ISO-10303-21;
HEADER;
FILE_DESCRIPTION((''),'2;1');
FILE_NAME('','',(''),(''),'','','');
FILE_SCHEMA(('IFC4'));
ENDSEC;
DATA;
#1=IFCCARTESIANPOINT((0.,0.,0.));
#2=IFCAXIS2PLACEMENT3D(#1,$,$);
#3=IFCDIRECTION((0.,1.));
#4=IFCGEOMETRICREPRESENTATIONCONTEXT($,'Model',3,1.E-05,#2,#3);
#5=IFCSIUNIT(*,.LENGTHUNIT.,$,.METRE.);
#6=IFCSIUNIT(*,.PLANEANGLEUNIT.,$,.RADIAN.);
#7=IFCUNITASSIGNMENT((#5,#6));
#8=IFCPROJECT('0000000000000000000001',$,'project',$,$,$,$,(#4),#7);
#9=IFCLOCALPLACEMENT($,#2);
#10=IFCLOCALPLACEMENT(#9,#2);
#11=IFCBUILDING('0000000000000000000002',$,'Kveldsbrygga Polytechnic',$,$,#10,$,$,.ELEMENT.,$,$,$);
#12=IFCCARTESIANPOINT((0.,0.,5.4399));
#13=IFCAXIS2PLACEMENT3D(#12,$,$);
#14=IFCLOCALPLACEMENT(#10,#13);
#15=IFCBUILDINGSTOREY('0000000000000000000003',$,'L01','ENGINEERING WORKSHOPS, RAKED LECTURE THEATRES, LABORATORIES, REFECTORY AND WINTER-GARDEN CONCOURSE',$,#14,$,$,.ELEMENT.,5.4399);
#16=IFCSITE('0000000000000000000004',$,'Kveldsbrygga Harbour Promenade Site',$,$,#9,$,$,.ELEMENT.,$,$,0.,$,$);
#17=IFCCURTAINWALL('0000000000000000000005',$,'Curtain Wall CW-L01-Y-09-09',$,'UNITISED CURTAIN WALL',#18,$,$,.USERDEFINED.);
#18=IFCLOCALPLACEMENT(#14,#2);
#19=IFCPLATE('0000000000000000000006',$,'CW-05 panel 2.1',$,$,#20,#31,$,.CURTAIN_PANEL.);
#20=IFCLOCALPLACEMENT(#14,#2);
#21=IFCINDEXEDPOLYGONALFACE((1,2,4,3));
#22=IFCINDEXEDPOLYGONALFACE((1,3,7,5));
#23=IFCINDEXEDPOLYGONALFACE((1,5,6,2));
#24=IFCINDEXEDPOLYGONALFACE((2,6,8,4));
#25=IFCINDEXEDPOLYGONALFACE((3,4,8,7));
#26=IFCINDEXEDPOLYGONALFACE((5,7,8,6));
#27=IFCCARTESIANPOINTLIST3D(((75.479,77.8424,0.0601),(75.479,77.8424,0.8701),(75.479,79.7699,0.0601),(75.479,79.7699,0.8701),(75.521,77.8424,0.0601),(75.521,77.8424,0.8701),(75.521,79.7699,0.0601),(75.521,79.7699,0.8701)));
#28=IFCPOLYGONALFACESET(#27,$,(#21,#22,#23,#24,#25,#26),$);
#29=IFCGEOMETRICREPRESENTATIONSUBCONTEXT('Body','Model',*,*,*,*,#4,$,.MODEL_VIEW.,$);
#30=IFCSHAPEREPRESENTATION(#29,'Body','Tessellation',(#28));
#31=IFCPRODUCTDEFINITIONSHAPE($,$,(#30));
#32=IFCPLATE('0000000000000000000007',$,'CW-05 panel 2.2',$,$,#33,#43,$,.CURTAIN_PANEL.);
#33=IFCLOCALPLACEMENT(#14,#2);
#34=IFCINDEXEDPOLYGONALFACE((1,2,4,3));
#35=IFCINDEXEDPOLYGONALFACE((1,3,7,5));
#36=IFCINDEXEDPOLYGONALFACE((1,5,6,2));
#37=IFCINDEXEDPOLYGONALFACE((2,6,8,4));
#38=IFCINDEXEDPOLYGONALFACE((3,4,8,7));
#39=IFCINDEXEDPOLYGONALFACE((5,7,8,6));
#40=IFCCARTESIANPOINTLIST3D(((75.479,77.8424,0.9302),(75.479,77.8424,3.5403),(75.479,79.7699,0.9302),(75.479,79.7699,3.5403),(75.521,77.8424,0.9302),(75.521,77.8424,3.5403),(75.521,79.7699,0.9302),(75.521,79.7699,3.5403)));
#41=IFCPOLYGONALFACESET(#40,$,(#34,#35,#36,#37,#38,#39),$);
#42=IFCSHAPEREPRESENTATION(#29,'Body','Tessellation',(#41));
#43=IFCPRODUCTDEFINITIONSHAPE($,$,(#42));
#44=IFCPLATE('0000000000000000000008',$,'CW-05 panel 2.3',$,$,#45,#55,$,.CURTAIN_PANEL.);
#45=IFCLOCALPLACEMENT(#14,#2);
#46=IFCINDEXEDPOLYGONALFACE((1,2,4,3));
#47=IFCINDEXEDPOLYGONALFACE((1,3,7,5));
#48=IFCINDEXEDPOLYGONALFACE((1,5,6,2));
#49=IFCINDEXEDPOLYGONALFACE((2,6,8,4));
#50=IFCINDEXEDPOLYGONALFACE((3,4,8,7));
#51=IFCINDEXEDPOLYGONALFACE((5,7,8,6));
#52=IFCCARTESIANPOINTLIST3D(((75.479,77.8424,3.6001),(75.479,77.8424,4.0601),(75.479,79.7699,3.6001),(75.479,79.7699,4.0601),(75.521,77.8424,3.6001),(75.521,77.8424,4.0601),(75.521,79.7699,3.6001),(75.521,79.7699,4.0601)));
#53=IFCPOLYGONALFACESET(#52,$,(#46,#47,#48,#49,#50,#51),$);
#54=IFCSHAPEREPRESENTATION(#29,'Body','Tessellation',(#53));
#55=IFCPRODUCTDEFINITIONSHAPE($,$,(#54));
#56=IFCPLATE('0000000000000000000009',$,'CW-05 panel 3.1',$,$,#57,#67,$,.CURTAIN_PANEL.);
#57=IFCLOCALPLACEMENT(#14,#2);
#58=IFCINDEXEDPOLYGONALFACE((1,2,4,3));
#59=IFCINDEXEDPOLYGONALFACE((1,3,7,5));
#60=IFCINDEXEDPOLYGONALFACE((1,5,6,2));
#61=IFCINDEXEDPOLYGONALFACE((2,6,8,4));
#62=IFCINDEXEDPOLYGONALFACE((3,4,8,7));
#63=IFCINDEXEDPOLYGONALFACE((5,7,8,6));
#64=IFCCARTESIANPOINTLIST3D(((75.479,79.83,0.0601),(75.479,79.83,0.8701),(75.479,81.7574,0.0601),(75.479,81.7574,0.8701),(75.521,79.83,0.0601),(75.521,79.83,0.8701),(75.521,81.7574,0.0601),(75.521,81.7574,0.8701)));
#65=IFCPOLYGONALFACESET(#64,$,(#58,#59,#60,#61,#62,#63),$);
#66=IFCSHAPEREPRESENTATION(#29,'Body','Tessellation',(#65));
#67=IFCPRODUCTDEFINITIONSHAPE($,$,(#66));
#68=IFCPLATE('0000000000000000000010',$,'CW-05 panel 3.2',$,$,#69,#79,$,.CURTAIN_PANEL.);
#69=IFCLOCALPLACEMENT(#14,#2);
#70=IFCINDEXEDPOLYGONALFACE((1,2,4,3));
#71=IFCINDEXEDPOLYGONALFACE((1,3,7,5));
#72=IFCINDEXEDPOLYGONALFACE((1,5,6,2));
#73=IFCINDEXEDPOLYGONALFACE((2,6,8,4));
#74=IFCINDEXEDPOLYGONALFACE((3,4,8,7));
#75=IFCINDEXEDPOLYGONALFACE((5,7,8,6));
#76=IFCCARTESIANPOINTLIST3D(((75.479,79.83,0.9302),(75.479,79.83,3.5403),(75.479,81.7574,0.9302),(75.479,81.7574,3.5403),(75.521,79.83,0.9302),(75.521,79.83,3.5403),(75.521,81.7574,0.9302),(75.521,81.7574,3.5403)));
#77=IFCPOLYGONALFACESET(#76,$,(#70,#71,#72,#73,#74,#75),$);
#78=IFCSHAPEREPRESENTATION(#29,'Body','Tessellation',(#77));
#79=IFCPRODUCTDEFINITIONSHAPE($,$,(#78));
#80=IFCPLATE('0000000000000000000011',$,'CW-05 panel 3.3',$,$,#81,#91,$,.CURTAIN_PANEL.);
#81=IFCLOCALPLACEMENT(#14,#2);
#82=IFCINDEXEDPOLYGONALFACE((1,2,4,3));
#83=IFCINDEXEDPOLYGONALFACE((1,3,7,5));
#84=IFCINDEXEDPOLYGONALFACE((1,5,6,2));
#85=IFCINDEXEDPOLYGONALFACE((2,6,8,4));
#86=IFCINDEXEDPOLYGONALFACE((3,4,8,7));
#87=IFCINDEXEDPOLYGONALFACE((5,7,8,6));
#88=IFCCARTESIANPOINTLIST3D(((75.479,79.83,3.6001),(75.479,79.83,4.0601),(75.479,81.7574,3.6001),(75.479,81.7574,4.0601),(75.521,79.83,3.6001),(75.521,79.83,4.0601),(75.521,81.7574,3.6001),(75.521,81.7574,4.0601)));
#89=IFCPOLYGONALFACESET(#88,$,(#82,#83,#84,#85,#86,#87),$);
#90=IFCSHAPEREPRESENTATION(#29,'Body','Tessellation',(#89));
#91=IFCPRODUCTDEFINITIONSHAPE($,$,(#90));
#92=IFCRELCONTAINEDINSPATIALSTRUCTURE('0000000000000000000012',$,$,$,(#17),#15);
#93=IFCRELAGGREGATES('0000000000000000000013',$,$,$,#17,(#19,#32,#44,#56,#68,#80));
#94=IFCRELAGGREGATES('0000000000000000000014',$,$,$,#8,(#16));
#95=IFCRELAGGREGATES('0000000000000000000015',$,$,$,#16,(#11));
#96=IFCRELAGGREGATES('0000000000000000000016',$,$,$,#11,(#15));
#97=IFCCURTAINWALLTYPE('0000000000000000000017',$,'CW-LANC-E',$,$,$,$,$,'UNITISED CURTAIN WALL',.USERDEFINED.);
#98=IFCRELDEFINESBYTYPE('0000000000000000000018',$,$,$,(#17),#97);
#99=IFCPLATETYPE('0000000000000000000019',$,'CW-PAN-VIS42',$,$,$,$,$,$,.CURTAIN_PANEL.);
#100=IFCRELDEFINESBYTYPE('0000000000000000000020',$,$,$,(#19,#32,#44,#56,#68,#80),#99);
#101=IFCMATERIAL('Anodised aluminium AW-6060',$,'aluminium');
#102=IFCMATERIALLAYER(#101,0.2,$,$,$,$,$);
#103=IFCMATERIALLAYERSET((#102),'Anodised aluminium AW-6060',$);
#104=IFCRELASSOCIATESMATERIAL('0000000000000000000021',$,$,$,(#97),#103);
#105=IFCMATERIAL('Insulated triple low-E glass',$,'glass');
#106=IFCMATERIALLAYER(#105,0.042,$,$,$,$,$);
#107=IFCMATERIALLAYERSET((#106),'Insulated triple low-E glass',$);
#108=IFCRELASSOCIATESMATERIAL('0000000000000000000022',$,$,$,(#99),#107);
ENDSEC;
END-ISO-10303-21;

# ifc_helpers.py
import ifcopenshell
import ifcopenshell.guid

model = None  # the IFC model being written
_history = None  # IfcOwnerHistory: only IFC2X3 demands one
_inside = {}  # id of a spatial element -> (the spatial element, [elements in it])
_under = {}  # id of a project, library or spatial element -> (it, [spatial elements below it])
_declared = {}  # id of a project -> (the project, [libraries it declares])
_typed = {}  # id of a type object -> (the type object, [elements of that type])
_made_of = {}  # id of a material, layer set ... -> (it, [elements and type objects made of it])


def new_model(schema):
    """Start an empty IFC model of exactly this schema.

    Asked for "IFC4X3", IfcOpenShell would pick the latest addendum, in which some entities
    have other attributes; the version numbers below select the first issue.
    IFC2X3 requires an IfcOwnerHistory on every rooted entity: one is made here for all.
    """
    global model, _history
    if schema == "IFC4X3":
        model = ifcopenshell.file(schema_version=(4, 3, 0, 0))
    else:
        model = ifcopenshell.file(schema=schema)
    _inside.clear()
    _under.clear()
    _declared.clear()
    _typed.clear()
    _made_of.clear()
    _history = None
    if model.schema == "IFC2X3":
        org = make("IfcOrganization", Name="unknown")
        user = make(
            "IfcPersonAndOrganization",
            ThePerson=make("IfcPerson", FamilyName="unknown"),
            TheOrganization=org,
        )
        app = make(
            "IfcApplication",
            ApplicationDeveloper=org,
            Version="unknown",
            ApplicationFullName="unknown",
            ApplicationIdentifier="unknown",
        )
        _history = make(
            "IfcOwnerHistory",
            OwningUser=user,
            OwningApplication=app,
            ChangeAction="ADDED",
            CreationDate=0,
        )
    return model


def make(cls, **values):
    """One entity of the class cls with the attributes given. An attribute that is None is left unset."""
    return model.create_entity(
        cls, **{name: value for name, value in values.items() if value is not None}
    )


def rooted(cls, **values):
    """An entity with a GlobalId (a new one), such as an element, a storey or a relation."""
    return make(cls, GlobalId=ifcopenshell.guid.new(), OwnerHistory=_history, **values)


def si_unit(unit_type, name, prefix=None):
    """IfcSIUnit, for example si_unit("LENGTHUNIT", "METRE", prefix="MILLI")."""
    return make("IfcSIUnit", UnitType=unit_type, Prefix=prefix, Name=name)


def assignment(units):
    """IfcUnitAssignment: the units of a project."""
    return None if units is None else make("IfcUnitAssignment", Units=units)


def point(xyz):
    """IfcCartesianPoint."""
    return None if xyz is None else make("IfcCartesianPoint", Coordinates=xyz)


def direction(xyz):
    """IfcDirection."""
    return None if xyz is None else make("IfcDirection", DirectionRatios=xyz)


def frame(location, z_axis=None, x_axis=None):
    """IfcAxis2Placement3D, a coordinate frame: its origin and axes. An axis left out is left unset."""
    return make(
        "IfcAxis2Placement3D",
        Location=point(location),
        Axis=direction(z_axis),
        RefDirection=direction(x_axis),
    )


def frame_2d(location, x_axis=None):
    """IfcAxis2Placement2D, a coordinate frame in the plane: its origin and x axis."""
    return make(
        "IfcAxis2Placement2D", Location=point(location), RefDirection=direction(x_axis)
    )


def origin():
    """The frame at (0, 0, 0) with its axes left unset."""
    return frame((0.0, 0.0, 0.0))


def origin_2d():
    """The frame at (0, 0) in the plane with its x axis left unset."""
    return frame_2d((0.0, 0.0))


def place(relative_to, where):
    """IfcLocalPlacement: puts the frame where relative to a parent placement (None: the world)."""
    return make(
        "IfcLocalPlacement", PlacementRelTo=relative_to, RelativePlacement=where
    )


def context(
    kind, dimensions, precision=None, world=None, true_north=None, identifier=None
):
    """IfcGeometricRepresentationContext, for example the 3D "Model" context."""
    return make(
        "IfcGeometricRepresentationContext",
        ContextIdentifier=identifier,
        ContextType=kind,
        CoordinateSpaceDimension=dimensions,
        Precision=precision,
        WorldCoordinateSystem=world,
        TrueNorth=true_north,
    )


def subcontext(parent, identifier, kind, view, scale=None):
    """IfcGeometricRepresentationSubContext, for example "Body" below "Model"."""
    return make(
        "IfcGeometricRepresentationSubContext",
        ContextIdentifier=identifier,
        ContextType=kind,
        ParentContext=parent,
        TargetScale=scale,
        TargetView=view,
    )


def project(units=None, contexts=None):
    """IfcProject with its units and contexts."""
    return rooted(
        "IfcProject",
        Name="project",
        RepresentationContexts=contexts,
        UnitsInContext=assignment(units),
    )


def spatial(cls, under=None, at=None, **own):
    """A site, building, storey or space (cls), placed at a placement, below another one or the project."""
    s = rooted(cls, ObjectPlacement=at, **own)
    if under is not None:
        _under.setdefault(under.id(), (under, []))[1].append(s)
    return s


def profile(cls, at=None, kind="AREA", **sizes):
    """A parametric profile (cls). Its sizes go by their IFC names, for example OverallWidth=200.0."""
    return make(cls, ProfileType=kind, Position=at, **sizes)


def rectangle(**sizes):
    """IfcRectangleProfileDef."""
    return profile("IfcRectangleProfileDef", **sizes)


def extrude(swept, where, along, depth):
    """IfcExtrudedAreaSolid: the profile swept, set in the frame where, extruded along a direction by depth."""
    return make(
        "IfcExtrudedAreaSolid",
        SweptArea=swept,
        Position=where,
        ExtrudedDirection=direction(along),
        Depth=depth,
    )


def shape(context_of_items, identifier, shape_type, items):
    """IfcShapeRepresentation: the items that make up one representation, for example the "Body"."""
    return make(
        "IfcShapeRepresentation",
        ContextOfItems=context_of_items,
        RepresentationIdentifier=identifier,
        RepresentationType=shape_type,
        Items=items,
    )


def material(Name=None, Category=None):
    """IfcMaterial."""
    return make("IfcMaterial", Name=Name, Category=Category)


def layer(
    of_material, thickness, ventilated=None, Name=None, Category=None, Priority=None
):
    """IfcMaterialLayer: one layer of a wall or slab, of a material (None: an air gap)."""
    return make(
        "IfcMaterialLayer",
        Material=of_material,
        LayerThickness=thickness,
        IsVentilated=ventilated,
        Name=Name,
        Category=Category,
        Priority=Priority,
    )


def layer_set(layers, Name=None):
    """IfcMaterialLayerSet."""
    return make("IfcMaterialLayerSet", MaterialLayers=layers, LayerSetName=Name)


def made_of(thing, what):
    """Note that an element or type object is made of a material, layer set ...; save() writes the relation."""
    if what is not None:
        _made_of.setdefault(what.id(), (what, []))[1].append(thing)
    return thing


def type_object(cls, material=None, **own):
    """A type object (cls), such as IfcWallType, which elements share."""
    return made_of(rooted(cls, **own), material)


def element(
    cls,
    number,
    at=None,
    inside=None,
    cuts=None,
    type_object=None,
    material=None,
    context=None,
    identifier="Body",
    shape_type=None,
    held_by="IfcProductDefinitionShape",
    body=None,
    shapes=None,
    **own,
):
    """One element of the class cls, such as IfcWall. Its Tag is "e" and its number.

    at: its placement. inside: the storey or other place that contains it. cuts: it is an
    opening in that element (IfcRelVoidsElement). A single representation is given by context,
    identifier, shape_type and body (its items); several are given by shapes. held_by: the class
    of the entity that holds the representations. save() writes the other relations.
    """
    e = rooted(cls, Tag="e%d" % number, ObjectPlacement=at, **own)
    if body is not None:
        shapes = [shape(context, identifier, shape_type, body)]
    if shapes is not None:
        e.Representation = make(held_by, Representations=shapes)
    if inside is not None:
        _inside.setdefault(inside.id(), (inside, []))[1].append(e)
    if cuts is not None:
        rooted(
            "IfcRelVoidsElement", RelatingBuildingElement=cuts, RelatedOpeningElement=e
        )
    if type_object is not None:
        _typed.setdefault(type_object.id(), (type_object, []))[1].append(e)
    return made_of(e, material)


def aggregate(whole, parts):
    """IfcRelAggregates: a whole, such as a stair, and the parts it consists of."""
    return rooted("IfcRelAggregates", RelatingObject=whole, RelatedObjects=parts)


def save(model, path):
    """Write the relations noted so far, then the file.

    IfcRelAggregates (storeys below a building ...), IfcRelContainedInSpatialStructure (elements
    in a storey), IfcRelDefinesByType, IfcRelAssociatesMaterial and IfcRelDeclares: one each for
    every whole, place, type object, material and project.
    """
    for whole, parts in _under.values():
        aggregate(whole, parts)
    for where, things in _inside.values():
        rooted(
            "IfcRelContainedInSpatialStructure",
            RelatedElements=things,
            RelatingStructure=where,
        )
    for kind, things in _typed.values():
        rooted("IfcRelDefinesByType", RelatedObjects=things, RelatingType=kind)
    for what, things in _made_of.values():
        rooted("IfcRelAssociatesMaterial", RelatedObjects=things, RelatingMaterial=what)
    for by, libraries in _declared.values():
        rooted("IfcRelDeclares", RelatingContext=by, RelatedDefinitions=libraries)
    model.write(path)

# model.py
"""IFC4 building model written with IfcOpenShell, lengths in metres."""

from ifc_helpers import new_model, si_unit, direction, frame, origin, origin_2d, place, context, subcontext, project, spatial, rectangle, extrude, material, layer, layer_set, type_object, element, aggregate, save


model = new_model("IFC4")

# Units and contexts
model_context = context("Model", 3, precision=1e-05, world=origin(), true_north=direction((0.0, 1.0)))
body_context = subcontext(model_context, "Body", "Model", "MODEL_VIEW")
ifc_project = project(units=[si_unit("LENGTHUNIT", "METRE"), si_unit("PLANEANGLEUNIT", "RADIAN")], contexts=[model_context])

# Site, building, storey
site_placement = place(None, origin())
site = spatial("IfcSite", under=ifc_project, at=site_placement, Name="Kveldsbrygga Harbour Promenade Site", CompositionType="ELEMENT", RefElevation=0.0)
building_placement = place(site_placement, origin())
building = spatial("IfcBuilding", under=site, at=building_placement, Name="Kveldsbrygga Polytechnic", CompositionType="ELEMENT")
storey_placement = place(building_placement, frame((0.0, 0.0, 5.4399)))
storey = spatial("IfcBuildingStorey", under=building, at=storey_placement, Name="L01", Description="ENGINEERING WORKSHOPS, RAKED LECTURE THEATRES, LABORATORIES, REFECTORY AND WINTER-GARDEN CONCOURSE", CompositionType="ELEMENT", Elevation=5.4399)

# Curtain wall, plates
ifc_material_1 = material(Name="Anodised aluminium AW-6060", Category="aluminium")
ifc_layer_1 = layer(ifc_material_1, 0.2)
ifc_layer_set_1 = layer_set([ifc_layer_1], Name="Anodised aluminium AW-6060")
curtain_wall_type = type_object("IfcCurtainWallType", Name="CW-LANC-E", ElementType="UNITISED CURTAIN WALL", PredefinedType="USERDEFINED", material=ifc_layer_set_1)
curtain_wall_placement = place(storey_placement, origin())
curtain_wall = element("IfcCurtainWall", 1, at=curtain_wall_placement, inside=storey, type_object=curtain_wall_type, Name="Curtain Wall CW-L01-Y-09-09", ObjectType="UNITISED CURTAIN WALL", PredefinedType="USERDEFINED")
ifc_material_2 = material(Name="Insulated triple low-E glass", Category="glass")
ifc_layer_2 = layer(ifc_material_2, 0.042)
ifc_layer_set_2 = layer_set([ifc_layer_2], Name="Insulated triple low-E glass")
plate_type = type_object("IfcPlateType", Name="CW-PAN-VIS42", PredefinedType="CURTAIN_PANEL", material=ifc_layer_set_2)
plate_1_placement = place(storey_placement, frame((75.5, 78.8062, 0.0601), z_axis=(0.0, 0.0, 1.0), x_axis=(0.0, 1.0, 0.0)))
plate_1 = element("IfcPlate", 2, at=plate_1_placement, type_object=plate_type, Name="CW-05 panel 2.1", PredefinedType="CURTAIN_PANEL", context=body_context, shape_type="SweptSolid", body=[
    extrude(rectangle(XDim=1.9275, YDim=0.042, at=origin_2d()), origin(), (0.0, 0.0, 1.0), 0.8101),
])
plate_2_placement = place(storey_placement, frame((75.5, 78.8062, 0.9302), z_axis=(0.0, 0.0, 1.0), x_axis=(0.0, 1.0, 0.0)))
plate_2 = element("IfcPlate", 3, at=plate_2_placement, type_object=plate_type, Name="CW-05 panel 2.2", PredefinedType="CURTAIN_PANEL", context=body_context, shape_type="SweptSolid", body=[
    extrude(rectangle(XDim=1.9275, YDim=0.042, at=origin_2d()), origin(), (0.0, 0.0, 1.0), 2.6101),
])
plate_3_placement = place(storey_placement, frame((75.5, 78.8062, 3.6001), z_axis=(0.0, 0.0, 1.0), x_axis=(0.0, 1.0, 0.0)))
plate_3 = element("IfcPlate", 4, at=plate_3_placement, type_object=plate_type, Name="CW-05 panel 2.3", PredefinedType="CURTAIN_PANEL", context=body_context, shape_type="SweptSolid", body=[
    extrude(rectangle(XDim=1.9275, YDim=0.042, at=origin_2d()), origin(), (0.0, 0.0, 1.0), 0.46),
])
plate_4_placement = place(storey_placement, frame((75.5, 80.7937, 0.0601), z_axis=(0.0, 0.0, 1.0), x_axis=(0.0, 1.0, 0.0)))
plate_4 = element("IfcPlate", 5, at=plate_4_placement, type_object=plate_type, Name="CW-05 panel 3.1", PredefinedType="CURTAIN_PANEL", context=body_context, shape_type="SweptSolid", body=[
    extrude(rectangle(XDim=1.9275, YDim=0.042, at=origin_2d()), origin(), (0.0, 0.0, 1.0), 0.8101),
])
plate_5_placement = place(storey_placement, frame((75.5, 80.7937, 0.9302), z_axis=(0.0, 0.0, 1.0), x_axis=(0.0, 1.0, 0.0)))
plate_5 = element("IfcPlate", 6, at=plate_5_placement, type_object=plate_type, Name="CW-05 panel 3.2", PredefinedType="CURTAIN_PANEL", context=body_context, shape_type="SweptSolid", body=[
    extrude(rectangle(XDim=1.9275, YDim=0.042, at=origin_2d()), origin(), (0.0, 0.0, 1.0), 2.6101),
])
plate_6_placement = place(storey_placement, frame((75.5, 80.7937, 3.6001), z_axis=(0.0, 0.0, 1.0), x_axis=(0.0, 1.0, 0.0)))
plate_6 = element("IfcPlate", 7, at=plate_6_placement, type_object=plate_type, Name="CW-05 panel 3.3", PredefinedType="CURTAIN_PANEL", context=body_context, shape_type="SweptSolid", body=[
    extrude(rectangle(XDim=1.9275, YDim=0.042, at=origin_2d()), origin(), (0.0, 0.0, 1.0), 0.46),
])
aggregate(curtain_wall, [plate_1, plate_2, plate_3, plate_4, plate_5, plate_6])

save(model, "model.ifc")
